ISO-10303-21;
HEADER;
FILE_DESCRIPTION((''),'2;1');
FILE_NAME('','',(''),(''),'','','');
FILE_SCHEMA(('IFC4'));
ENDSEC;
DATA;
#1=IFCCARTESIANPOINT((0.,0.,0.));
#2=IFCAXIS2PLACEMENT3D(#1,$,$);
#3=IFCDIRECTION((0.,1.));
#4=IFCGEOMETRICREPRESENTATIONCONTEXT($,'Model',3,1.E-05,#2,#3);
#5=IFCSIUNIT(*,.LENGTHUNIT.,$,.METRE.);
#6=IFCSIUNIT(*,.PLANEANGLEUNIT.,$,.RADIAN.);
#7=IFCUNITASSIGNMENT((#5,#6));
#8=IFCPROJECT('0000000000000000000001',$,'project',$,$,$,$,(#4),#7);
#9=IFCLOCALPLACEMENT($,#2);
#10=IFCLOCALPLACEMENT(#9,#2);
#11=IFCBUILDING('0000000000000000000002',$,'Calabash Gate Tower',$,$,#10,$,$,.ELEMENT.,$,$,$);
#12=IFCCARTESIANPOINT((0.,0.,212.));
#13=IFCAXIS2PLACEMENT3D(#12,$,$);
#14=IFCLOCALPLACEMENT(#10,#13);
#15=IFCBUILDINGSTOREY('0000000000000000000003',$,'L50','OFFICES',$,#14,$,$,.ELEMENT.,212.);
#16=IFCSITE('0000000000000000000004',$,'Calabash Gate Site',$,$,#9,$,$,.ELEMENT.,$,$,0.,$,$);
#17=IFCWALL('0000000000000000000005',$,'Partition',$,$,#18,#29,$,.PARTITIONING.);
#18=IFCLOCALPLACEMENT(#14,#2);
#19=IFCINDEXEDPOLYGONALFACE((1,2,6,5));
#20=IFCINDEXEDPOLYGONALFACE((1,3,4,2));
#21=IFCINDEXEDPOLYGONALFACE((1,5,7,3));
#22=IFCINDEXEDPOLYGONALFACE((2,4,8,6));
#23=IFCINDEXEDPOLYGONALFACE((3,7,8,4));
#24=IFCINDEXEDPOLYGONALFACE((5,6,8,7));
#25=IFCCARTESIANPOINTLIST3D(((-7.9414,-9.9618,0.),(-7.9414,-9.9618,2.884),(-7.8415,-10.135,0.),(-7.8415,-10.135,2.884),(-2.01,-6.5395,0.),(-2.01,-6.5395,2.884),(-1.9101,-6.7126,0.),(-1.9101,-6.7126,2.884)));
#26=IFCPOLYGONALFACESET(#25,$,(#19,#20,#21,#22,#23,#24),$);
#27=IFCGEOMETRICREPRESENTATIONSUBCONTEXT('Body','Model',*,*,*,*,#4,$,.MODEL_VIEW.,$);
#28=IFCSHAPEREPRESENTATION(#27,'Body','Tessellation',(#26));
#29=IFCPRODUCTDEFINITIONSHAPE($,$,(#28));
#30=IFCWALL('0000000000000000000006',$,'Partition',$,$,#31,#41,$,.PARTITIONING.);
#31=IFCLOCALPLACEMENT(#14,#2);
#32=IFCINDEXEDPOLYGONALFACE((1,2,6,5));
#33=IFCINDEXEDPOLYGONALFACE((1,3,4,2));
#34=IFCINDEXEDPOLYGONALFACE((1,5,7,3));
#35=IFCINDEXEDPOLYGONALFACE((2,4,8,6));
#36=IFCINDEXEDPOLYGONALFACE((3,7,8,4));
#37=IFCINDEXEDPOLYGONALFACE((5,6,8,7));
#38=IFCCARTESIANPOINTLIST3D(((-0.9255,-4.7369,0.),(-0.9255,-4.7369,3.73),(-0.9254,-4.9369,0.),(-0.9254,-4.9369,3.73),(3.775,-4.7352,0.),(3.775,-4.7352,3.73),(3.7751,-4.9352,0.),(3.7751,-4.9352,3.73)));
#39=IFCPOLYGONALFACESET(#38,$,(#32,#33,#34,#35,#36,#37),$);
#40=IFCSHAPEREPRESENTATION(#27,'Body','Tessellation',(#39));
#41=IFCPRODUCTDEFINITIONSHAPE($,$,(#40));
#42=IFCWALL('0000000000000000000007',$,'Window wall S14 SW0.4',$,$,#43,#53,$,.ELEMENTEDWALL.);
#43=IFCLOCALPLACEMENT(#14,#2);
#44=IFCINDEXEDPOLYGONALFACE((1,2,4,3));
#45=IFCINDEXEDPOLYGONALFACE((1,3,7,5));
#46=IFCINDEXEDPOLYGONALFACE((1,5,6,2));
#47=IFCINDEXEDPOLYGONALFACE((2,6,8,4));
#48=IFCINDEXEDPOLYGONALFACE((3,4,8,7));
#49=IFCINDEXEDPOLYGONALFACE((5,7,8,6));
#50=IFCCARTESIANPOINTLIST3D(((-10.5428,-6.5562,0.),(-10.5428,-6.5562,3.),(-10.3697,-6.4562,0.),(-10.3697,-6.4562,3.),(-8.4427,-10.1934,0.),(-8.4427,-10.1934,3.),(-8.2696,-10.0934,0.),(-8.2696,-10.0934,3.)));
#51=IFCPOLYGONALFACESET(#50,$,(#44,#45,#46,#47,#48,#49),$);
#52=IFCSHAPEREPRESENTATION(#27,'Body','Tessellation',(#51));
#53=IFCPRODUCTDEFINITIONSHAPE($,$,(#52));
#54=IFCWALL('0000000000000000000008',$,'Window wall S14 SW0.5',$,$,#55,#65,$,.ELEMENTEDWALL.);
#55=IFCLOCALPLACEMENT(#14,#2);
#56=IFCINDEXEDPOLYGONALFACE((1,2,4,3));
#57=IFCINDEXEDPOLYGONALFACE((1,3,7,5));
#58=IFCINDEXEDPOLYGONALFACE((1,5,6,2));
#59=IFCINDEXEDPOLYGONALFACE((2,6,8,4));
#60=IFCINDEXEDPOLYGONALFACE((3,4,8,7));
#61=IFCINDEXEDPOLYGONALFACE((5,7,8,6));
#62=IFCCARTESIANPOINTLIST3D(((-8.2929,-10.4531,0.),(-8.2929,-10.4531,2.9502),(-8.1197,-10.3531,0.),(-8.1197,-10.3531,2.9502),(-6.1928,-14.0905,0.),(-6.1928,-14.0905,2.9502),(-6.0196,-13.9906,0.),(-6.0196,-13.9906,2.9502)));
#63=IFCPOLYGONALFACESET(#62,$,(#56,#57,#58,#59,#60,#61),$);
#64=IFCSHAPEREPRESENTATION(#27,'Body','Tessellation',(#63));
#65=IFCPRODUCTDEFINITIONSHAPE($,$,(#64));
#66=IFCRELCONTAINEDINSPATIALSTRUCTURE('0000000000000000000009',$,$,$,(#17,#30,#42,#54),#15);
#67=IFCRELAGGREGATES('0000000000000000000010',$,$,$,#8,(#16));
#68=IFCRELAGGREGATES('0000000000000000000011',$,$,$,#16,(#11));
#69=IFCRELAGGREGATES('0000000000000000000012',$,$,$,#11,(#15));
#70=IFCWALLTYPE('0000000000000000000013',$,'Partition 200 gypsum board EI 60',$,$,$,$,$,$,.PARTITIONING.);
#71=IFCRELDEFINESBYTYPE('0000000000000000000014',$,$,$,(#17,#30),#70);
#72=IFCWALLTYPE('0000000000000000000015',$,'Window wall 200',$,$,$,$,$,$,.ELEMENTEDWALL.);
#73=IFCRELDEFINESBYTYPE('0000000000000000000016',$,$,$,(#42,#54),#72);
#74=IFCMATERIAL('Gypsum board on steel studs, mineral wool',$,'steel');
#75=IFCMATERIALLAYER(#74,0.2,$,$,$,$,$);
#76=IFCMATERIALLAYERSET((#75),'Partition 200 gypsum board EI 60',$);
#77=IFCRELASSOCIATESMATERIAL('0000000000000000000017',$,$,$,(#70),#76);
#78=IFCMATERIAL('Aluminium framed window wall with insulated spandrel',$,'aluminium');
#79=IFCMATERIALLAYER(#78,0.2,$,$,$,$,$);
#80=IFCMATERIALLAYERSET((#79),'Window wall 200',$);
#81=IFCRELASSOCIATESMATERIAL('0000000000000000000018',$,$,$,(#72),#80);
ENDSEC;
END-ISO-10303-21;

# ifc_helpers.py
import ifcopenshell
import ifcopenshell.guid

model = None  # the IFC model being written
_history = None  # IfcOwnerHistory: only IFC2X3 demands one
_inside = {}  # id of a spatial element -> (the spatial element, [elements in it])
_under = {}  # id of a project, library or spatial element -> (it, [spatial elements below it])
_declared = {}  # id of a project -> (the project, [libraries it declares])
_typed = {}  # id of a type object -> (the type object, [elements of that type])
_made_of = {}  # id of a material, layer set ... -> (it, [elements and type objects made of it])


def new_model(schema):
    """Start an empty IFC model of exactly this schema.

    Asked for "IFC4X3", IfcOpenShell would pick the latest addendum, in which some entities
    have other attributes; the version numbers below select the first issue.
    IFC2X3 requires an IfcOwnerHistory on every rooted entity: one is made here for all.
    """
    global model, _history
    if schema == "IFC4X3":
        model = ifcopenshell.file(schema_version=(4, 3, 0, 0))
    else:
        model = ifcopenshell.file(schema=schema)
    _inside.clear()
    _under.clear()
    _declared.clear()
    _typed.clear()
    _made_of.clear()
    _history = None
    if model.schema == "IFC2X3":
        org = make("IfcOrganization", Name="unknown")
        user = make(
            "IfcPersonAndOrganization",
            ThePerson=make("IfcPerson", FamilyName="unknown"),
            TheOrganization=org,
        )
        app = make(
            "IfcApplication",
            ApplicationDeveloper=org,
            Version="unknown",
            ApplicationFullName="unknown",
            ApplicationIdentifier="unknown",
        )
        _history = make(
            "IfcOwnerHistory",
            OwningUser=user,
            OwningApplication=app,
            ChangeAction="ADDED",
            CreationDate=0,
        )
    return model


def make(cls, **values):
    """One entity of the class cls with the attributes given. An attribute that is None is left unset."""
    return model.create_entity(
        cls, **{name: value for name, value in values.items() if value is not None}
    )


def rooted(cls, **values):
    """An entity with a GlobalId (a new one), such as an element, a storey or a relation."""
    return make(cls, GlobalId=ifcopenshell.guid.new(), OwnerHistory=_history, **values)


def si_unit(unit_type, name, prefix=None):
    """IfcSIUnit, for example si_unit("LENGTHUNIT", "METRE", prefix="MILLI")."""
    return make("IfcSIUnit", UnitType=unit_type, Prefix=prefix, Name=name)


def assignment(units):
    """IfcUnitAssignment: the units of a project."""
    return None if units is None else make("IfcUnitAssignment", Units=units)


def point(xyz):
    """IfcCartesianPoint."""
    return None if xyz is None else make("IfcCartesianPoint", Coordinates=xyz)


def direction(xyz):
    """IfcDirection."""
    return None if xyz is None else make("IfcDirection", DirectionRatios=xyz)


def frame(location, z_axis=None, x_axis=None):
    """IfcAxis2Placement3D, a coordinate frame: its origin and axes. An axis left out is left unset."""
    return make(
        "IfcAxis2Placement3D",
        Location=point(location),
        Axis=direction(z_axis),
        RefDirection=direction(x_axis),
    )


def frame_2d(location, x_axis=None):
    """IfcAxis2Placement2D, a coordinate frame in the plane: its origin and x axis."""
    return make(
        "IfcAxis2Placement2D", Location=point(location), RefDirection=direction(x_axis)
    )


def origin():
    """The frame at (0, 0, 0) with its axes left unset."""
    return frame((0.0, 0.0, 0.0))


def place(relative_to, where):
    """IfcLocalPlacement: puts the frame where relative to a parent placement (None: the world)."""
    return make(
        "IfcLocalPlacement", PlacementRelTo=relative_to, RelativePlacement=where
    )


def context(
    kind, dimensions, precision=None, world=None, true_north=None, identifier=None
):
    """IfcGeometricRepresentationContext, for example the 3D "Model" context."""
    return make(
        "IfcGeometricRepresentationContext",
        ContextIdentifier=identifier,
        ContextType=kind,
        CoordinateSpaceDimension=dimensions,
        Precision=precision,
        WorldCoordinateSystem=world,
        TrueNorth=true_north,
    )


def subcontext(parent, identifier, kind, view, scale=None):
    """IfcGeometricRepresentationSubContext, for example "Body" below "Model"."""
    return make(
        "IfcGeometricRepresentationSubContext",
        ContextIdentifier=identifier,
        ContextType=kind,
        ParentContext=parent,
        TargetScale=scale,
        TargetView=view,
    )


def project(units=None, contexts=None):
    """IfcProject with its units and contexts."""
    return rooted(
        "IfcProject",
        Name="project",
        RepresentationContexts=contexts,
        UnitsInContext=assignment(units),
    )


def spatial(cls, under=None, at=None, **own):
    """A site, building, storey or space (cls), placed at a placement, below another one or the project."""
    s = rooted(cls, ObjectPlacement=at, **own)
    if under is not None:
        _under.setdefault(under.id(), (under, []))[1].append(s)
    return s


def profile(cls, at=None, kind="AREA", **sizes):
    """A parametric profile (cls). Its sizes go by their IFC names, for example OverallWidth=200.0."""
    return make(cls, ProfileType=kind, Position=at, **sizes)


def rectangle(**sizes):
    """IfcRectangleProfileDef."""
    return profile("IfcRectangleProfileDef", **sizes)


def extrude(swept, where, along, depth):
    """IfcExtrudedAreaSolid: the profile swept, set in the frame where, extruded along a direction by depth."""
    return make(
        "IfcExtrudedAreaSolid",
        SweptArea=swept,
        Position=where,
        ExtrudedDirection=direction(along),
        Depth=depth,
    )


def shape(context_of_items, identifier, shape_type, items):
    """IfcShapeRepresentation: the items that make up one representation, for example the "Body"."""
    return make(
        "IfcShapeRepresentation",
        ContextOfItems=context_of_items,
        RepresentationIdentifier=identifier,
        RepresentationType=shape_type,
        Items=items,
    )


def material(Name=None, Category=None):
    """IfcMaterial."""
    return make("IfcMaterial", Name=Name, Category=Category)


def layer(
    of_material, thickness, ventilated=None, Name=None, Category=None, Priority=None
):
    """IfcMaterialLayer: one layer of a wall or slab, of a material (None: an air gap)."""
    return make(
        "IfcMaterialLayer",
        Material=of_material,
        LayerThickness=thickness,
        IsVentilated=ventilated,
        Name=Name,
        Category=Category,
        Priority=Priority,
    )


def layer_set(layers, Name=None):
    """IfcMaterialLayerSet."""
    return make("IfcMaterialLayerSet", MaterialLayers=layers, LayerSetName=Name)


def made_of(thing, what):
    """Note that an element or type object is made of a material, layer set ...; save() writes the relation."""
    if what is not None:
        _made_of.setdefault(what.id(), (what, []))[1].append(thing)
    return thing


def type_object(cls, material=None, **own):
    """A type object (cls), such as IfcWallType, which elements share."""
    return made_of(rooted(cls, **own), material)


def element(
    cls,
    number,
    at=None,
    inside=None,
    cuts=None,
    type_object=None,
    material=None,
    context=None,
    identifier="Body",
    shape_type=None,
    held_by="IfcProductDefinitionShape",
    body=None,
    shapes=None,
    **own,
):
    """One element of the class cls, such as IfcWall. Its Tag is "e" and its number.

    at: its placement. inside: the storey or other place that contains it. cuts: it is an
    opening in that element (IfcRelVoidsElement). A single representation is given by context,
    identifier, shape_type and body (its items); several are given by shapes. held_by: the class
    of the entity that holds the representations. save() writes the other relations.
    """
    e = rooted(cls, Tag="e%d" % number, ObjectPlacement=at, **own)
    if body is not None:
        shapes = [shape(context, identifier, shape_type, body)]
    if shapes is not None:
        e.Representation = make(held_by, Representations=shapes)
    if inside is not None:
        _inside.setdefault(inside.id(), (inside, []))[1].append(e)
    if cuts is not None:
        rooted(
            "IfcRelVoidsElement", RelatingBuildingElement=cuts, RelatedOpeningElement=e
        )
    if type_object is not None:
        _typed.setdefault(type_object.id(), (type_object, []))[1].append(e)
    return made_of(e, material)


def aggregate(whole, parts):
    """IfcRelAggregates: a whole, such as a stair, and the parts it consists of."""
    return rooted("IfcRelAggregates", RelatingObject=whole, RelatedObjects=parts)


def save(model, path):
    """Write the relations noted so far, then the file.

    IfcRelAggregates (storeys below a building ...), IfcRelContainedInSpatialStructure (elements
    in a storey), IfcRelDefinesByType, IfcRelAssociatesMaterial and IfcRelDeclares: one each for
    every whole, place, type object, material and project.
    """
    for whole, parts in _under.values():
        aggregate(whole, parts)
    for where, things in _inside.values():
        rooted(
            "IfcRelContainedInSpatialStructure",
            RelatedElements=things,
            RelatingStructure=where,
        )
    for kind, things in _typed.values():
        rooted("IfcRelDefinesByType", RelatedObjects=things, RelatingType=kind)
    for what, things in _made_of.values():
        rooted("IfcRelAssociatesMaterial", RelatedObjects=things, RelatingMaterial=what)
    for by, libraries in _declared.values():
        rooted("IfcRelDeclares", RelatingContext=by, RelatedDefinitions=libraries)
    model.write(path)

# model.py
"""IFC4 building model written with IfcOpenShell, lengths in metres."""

from ifc_helpers import new_model, si_unit, direction, frame, frame_2d, origin, place, context, subcontext, project, spatial, rectangle, extrude, material, layer, layer_set, type_object, element, save


model = new_model("IFC4")

# Units and contexts
model_context = context("Model", 3, precision=1e-05, world=origin(), true_north=direction((0.0, 1.0)))
body_context = subcontext(model_context, "Body", "Model", "MODEL_VIEW")
ifc_project = project(units=[si_unit("LENGTHUNIT", "METRE"), si_unit("PLANEANGLEUNIT", "RADIAN")], contexts=[model_context])

# Site, building, storey
site_placement = place(None, origin())
site = spatial("IfcSite", under=ifc_project, at=site_placement, Name="Calabash Gate Site", CompositionType="ELEMENT", RefElevation=0.0)
building_placement = place(site_placement, origin())
building = spatial("IfcBuilding", under=site, at=building_placement, Name="Calabash Gate Tower", CompositionType="ELEMENT")
storey_placement = place(building_placement, frame((0.0, 0.0, 212.0)))
storey = spatial("IfcBuildingStorey", under=building, at=storey_placement, Name="L50", Description="OFFICES", CompositionType="ELEMENT", Elevation=212.0)

# Shared definitions
ifc_material_1 = material(Name="Gypsum board on steel studs, mineral wool", Category="steel")
ifc_layer_1 = layer(ifc_material_1, 0.2)
ifc_layer_set_1 = layer_set([ifc_layer_1], Name="Partition 200 gypsum board EI 60")
wall_type_1 = type_object("IfcWallType", Name="Partition 200 gypsum board EI 60", PredefinedType="PARTITIONING", material=ifc_layer_set_1)

# Walls
wall_1_placement = place(storey_placement, frame((-7.8914, -10.0483, 0.0), z_axis=(0.0, 0.0, 1.0), x_axis=(0.86616, 0.499767, 0.0)))
element("IfcWall", 1, at=wall_1_placement, inside=storey, type_object=wall_type_1, Name="Partition", PredefinedType="PARTITIONING", context=body_context, shape_type="SweptSolid", body=[
    extrude(rectangle(XDim=6.8479, YDim=0.2, at=frame_2d((3.4238, 0.0))), origin(), (0.0, 0.0, 1.0), 2.884),
])
wall_2_placement = place(storey_placement, frame((-0.9253, -4.8369, 0.0), z_axis=(0.0, 0.0, 1.0), x_axis=(1.0, 0.000364, 0.0)))
element("IfcWall", 2, at=wall_2_placement, inside=storey, type_object=wall_type_1, Name="Partition", PredefinedType="PARTITIONING", context=body_context, shape_type="SweptSolid", body=[
    extrude(rectangle(XDim=4.7004, YDim=0.2, at=frame_2d((2.3501, 0.0))), origin(), (0.0, 0.0, 1.0), 3.73),
])
ifc_material_2 = material(Name="Aluminium framed window wall with insulated spandrel", Category="aluminium")
ifc_layer_2 = layer(ifc_material_2, 0.2)
ifc_layer_set_2 = layer_set([ifc_layer_2], Name="Window wall 200")
wall_type_2 = type_object("IfcWallType", Name="Window wall 200", PredefinedType="ELEMENTEDWALL", material=ifc_layer_set_2)
wall_3_placement = place(storey_placement, frame((-10.4563, -6.5061, 0.0), z_axis=(0.0, 0.0, 1.0), x_axis=(0.500028, -0.866009, 0.0)))
element("IfcWall", 3, at=wall_3_placement, inside=storey, type_object=wall_type_2, Name="Window wall S14 SW0.4", PredefinedType="ELEMENTEDWALL", context=body_context, shape_type="SweptSolid", body=[
    extrude(rectangle(XDim=4.2, YDim=0.2, at=frame_2d((2.1001, 0.0))), origin(), (0.0, 0.0, 1.0), 3.0),
])
wall_4_placement = place(storey_placement, frame((-8.2063, -10.4031, 0.0), z_axis=(0.0, 0.0, 1.0), x_axis=(0.500003, -0.866024, 0.0)))
element("IfcWall", 4, at=wall_4_placement, inside=storey, type_object=wall_type_2, Name="Window wall S14 SW0.5", PredefinedType="ELEMENTEDWALL", context=body_context, shape_type="SweptSolid", body=[
    extrude(rectangle(XDim=4.2002, YDim=0.2, at=frame_2d((2.1001, 0.0))), origin(), (0.0, 0.0, 1.0), 2.9502),
])

save(model, "model.ifc")
